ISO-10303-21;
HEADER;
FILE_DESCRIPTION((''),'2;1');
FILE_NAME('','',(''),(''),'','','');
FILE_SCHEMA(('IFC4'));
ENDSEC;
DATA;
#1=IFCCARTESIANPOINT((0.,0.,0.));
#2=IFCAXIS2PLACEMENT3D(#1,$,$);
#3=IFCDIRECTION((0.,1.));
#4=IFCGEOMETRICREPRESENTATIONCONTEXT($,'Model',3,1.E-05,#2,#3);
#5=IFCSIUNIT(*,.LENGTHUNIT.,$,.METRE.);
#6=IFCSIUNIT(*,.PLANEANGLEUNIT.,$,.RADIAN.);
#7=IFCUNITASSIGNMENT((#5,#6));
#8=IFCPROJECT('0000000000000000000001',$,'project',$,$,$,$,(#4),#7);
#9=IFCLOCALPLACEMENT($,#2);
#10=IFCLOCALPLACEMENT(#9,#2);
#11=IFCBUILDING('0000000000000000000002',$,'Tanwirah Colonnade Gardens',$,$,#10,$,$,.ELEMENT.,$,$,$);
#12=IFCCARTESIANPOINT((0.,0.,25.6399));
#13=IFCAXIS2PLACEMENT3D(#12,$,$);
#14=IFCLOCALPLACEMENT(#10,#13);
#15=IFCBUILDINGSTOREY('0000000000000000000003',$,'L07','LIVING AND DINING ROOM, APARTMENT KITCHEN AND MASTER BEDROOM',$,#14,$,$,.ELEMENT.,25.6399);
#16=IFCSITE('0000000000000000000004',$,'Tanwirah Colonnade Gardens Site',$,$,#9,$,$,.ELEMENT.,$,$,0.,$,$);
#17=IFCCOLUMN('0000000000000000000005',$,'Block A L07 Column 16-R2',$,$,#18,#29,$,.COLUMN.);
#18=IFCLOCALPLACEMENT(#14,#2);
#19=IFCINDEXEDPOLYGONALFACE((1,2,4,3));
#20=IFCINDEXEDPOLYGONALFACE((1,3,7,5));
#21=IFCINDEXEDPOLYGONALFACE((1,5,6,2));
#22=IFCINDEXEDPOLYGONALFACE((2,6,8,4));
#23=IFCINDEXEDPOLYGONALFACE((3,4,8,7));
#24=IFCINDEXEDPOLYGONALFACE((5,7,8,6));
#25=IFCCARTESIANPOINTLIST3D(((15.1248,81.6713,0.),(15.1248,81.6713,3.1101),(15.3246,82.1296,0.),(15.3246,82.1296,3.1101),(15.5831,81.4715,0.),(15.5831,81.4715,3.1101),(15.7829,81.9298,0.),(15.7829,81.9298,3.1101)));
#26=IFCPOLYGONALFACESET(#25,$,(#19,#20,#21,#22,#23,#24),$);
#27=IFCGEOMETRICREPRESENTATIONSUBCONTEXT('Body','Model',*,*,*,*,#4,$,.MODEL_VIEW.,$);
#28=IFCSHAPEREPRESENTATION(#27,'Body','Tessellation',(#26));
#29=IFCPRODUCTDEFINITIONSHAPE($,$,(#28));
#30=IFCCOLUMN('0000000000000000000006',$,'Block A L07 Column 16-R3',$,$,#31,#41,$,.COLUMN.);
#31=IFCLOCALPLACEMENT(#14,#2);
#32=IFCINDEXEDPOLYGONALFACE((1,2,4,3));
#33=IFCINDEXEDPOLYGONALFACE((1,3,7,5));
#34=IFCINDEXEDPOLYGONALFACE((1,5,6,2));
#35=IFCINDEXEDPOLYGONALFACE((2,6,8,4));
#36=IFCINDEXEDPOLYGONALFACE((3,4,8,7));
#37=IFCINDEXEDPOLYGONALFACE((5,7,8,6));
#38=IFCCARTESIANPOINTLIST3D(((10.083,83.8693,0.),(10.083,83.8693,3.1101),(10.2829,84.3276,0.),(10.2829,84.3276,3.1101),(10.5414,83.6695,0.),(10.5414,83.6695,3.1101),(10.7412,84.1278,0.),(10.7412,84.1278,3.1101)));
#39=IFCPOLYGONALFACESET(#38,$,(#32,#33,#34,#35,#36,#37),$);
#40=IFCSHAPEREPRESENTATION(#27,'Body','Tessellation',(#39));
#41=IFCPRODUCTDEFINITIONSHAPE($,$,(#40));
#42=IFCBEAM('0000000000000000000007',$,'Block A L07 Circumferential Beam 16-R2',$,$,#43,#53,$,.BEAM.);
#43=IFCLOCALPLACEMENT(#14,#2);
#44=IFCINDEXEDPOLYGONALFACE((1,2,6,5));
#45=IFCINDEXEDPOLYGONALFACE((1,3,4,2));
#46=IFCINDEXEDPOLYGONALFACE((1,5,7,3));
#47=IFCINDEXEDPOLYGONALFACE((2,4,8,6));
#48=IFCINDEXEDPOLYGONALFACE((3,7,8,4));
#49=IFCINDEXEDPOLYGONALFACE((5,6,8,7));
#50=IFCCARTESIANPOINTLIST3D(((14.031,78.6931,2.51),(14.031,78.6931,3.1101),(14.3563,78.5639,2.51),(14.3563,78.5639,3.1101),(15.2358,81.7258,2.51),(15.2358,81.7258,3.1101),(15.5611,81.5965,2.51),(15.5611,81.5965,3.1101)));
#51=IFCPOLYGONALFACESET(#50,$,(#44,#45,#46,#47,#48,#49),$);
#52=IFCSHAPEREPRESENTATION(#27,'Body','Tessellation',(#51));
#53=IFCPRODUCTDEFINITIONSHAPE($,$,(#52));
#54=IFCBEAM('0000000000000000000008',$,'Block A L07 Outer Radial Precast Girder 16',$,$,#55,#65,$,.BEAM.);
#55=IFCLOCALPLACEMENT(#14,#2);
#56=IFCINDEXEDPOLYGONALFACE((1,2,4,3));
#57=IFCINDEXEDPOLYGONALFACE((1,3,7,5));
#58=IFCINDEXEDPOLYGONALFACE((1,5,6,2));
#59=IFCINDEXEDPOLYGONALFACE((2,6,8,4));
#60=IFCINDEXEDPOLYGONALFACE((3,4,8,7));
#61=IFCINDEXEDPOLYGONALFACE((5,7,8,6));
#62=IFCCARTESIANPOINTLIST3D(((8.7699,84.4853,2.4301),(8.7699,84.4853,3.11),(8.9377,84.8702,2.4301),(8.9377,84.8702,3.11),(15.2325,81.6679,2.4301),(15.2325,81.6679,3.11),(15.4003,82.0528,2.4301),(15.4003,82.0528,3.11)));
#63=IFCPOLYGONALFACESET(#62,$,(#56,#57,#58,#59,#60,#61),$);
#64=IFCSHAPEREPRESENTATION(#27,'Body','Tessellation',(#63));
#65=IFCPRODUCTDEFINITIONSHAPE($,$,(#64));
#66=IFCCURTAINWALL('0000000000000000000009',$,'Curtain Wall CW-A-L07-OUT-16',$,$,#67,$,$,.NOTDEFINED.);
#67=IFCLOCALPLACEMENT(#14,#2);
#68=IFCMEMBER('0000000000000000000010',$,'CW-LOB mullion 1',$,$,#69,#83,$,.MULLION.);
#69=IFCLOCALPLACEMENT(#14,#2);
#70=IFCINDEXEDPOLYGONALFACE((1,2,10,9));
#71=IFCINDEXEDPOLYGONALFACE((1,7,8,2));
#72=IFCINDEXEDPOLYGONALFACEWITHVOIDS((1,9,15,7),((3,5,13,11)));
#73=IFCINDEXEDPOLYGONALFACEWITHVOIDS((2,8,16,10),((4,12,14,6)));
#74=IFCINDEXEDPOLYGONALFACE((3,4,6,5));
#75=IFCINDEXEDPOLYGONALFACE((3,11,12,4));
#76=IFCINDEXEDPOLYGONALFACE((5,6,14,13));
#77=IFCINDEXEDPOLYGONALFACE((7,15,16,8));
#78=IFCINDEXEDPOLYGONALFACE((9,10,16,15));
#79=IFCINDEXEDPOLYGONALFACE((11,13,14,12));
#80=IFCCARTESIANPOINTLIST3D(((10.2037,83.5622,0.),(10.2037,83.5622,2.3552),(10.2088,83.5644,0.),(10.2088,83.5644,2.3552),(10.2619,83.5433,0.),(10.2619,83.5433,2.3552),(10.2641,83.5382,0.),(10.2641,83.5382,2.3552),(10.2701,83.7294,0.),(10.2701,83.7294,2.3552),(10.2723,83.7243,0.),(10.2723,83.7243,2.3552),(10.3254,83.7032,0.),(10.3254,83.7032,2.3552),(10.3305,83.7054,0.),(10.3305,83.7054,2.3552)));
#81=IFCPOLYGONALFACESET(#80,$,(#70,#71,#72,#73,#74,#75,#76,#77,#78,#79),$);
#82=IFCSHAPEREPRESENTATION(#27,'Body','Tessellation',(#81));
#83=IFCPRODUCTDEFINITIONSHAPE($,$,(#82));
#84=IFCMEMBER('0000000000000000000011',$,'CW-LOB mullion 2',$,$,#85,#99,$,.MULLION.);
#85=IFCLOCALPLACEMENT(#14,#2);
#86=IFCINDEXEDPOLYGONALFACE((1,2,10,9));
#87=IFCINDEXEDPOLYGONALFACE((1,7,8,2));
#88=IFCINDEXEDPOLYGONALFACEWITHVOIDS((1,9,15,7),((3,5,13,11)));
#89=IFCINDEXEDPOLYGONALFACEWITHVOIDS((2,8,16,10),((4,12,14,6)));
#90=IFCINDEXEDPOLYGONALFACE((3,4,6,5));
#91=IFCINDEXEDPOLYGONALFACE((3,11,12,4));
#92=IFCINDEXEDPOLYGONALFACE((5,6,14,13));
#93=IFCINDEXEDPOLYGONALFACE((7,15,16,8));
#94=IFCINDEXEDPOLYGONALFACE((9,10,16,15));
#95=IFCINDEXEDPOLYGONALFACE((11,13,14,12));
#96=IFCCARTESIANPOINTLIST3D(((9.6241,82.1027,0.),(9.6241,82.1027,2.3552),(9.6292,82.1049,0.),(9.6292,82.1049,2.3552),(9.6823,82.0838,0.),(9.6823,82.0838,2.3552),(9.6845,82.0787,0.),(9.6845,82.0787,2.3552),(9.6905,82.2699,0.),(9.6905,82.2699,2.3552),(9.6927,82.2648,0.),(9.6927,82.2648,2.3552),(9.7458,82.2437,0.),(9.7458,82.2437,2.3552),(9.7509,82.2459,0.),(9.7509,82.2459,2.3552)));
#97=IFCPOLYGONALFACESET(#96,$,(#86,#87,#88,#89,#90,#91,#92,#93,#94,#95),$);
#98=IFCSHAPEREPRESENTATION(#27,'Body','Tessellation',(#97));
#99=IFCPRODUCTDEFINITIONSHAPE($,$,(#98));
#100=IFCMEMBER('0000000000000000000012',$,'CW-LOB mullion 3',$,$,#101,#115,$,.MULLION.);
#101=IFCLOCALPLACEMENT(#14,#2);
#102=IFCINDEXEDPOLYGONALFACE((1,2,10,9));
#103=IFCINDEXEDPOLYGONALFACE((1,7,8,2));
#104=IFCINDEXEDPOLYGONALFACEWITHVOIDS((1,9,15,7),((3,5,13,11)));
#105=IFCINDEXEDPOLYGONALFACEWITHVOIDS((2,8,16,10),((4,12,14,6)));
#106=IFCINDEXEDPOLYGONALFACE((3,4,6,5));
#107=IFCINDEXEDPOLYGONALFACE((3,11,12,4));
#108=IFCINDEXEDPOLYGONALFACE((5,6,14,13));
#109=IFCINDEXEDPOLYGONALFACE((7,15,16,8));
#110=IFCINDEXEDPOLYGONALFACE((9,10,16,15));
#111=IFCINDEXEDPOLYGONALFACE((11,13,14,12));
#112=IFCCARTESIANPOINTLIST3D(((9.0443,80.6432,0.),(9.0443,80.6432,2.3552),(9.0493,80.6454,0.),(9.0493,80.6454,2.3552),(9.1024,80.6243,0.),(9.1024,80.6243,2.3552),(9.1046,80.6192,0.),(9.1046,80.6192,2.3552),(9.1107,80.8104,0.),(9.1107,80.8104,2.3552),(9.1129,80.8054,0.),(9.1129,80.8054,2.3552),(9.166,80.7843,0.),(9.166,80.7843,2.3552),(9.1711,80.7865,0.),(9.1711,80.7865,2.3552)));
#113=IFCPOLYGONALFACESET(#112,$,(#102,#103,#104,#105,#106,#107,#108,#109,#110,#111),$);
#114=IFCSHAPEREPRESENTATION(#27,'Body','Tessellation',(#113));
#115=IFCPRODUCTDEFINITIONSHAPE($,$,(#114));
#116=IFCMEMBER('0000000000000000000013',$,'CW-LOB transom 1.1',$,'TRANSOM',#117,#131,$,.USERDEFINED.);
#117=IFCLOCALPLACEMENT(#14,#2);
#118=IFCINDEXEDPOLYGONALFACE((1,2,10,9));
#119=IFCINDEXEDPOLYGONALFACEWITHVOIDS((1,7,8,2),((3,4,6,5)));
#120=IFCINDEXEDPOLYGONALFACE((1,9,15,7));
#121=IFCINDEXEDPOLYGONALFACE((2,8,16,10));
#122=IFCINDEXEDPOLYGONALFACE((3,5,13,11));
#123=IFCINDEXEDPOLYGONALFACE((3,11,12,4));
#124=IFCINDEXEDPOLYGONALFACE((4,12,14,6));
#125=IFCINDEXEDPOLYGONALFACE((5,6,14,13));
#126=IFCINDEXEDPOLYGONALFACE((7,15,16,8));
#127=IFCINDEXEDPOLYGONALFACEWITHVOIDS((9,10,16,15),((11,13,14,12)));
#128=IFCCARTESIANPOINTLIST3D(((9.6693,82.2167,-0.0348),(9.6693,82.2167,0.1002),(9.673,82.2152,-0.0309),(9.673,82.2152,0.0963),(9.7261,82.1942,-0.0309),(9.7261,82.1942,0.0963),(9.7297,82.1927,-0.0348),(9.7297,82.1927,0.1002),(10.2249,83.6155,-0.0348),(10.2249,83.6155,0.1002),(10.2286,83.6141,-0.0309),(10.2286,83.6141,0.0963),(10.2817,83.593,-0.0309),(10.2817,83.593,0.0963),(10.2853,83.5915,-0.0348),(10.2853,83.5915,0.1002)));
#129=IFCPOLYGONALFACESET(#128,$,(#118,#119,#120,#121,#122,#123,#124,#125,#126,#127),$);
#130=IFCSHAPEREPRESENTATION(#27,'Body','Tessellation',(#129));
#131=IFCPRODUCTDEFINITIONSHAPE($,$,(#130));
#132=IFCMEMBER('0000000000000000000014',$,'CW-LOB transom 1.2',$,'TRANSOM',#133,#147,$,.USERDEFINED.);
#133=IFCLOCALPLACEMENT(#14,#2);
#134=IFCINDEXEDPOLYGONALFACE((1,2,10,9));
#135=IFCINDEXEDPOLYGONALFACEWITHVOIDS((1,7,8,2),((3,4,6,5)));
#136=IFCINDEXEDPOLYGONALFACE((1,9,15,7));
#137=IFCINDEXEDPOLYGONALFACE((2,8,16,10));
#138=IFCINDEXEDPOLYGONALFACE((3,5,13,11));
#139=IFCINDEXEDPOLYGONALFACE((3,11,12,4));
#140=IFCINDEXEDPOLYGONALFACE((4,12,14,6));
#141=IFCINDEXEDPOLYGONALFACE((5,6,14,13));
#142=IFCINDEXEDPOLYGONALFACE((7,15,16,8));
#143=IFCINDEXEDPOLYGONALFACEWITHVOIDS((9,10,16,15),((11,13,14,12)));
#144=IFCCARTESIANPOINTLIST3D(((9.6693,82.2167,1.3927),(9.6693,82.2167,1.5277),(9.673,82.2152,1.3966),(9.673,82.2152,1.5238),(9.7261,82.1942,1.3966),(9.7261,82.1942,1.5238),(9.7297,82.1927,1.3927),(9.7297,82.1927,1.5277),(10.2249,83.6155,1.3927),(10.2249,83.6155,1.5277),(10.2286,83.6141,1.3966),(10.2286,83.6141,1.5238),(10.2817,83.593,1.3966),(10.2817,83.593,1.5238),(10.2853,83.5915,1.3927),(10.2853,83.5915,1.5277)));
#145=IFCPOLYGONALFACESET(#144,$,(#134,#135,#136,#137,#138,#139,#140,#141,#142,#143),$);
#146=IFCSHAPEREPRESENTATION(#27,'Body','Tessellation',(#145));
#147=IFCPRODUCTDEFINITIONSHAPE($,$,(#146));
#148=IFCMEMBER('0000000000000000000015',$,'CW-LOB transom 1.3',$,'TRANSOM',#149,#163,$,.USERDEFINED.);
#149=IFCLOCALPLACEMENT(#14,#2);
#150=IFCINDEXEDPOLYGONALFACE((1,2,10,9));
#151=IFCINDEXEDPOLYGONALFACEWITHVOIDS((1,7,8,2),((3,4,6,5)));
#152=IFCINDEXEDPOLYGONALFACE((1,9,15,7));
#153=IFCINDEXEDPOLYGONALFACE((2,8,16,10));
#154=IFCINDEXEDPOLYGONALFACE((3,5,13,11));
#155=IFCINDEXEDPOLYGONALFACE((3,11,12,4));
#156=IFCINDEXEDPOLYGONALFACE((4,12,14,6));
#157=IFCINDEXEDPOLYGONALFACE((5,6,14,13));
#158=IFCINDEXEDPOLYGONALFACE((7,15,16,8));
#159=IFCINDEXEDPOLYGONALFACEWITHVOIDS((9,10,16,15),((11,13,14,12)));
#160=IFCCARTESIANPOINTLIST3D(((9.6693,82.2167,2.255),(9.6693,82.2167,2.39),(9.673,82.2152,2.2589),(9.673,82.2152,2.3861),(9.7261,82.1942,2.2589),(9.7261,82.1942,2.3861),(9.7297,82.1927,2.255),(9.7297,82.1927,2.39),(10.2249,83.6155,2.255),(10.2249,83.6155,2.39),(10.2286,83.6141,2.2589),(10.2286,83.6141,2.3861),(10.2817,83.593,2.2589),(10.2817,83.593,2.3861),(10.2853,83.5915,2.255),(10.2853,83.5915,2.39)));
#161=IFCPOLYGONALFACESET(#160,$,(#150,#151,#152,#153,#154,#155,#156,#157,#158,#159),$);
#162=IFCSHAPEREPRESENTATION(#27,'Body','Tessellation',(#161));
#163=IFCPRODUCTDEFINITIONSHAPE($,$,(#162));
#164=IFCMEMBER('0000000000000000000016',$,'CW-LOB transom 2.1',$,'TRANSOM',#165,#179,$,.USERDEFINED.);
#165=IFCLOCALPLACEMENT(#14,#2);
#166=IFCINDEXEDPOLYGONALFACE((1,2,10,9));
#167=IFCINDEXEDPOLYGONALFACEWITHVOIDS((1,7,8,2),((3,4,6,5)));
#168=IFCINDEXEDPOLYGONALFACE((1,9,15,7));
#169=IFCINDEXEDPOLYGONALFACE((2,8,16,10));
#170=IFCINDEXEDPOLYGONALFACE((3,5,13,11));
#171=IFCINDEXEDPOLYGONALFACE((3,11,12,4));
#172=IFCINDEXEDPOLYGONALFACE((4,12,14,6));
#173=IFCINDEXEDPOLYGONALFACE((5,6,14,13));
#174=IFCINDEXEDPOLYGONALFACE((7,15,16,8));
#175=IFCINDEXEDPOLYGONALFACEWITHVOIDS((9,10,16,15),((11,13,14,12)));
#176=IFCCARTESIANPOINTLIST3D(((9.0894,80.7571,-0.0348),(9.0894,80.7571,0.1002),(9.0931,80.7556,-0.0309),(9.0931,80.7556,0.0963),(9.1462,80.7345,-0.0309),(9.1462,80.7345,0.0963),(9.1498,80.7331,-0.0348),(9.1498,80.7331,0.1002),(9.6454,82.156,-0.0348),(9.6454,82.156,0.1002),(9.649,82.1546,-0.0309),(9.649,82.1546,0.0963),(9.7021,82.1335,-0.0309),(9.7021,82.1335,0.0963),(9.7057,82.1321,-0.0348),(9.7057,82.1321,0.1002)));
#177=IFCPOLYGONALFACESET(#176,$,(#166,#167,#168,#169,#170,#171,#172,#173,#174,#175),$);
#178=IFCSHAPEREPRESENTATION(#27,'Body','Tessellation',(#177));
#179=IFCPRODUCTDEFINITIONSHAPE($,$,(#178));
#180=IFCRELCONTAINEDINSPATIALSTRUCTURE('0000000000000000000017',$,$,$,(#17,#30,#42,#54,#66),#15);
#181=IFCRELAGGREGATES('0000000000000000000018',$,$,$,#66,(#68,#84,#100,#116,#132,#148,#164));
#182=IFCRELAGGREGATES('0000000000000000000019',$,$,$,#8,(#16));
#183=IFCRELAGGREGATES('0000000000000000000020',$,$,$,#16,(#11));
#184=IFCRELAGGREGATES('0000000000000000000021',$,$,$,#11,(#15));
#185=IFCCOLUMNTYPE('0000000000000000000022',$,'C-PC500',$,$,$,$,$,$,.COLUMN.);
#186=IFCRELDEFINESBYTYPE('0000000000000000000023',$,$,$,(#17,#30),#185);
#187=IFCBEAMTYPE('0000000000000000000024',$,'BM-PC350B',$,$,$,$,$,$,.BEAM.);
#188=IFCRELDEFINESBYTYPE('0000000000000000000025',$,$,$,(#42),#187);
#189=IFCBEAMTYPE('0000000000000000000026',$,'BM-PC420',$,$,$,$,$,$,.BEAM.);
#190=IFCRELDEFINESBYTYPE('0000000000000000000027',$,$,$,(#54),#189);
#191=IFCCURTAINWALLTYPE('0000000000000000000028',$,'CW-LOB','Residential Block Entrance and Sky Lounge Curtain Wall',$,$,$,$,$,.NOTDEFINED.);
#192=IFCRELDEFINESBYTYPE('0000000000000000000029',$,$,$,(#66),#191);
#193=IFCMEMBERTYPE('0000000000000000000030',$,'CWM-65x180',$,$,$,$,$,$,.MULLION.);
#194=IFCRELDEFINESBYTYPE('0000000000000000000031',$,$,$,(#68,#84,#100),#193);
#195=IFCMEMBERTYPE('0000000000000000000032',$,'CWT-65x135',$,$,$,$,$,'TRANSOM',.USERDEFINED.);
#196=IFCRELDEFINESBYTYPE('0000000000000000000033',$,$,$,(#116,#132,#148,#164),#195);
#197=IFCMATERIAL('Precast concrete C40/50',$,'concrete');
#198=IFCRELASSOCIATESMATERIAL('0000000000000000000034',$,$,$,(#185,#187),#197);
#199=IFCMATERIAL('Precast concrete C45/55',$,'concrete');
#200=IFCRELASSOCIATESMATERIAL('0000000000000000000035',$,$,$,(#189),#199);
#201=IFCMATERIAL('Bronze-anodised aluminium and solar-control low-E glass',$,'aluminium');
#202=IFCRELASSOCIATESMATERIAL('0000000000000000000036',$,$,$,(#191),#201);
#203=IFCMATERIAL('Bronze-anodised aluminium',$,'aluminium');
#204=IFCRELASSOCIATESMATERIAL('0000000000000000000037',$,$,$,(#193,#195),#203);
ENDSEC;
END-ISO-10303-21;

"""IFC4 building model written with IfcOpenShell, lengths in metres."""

from ifc_helpers import new_model, si_unit, direction, frame, origin, origin_2d, place, context, subcontext, project, spatial, rectangle, hollow_rectangle, extrude, material, material_profile, profile_set, type_object, element, aggregate, save


model = new_model("IFC4")

# Units and contexts
model_context = context("Model", 3, precision=1e-05, world=origin(), true_north=direction((0.0, 1.0)))
body_context = subcontext(model_context, "Body", "Model", "MODEL_VIEW")
ifc_project = project(units=[si_unit("LENGTHUNIT", "METRE"), si_unit("PLANEANGLEUNIT", "RADIAN")], contexts=[model_context])

# Site, building, storey
site_placement = place(None, origin())
site = spatial("IfcSite", under=ifc_project, at=site_placement, Name="Tanwirah Colonnade Gardens Site", CompositionType="ELEMENT", RefElevation=0.0)
building_placement = place(site_placement, origin())
building = spatial("IfcBuilding", under=site, at=building_placement, Name="Tanwirah Colonnade Gardens", CompositionType="ELEMENT")
storey_placement = place(building_placement, frame((0.0, 0.0, 25.6399)))
storey = spatial("IfcBuildingStorey", under=building, at=storey_placement, Name="L07", Description="LIVING AND DINING ROOM, APARTMENT KITCHEN AND MASTER BEDROOM", CompositionType="ELEMENT", Elevation=25.6399)

# Columns
ifc_material_1 = material(Name="Precast concrete C40/50", Category="concrete")
ifc_material_profile_1 = material_profile(ifc_material_1, rectangle(XDim=0.5, YDim=0.5, at=origin_2d()), Name="PC-COL 500x500")
ifc_profile_set_1 = profile_set([ifc_material_profile_1], Name="Precast concrete C40/50")
column_type = type_object("IfcColumnType", Name="C-PC500", PredefinedType="COLUMN", material=ifc_profile_set_1)
for number, where, z_axis, x_axis, name in (
    (1, (15.4539, 81.8005, 0.0), (0.0, 0.0, 1.0), (-0.916673, 0.399638, 0.0), "Block A L07 Column 16-R2"),
    (2, (10.4121, 83.9985, 0.0), (0.0, 0.0, 1.0), (-0.916673, 0.399638, 0.0), "Block A L07 Column 16-R3"),
):
    element("IfcColumn", number, at=place(storey_placement, frame(where, z_axis=z_axis, x_axis=x_axis)), inside=storey, type_object=column_type, Name=name, PredefinedType="COLUMN", context=body_context, shape_type="SweptSolid", body=[
        extrude(rectangle(XDim=0.5, YDim=0.5, at=origin_2d()), origin(), (0.0, 0.0, 1.0), 3.1101),
    ])

# Beams
ifc_material_profile_2 = material_profile(ifc_material_1, rectangle(XDim=0.3501, YDim=0.6001, at=origin_2d()), Name="PC-BM 350x600")
ifc_profile_set_2 = profile_set([ifc_material_profile_2], Name="Precast concrete C40/50")
beam_type_1 = type_object("IfcBeamType", Name="BM-PC350B", PredefinedType="BEAM", material=ifc_profile_set_2)
beam_1_placement = place(storey_placement, frame((15.3984, 81.6611, 2.8101), z_axis=(-0.36921, -0.929346, 0.0), x_axis=(0.929346, -0.36921, 0.0)))
element("IfcBeam", 3, at=beam_1_placement, inside=storey, type_object=beam_type_1, Name="Block A L07 Circumferential Beam 16-R2", PredefinedType="BEAM", context=body_context, shape_type="SweptSolid", body=[
    extrude(rectangle(XDim=0.3501, YDim=0.6001, at=origin_2d()), origin(), (0.0, 0.0, 1.0), 3.2632),
])
ifc_material_2 = material(Name="Precast concrete C45/55", Category="concrete")
ifc_material_profile_3 = material_profile(ifc_material_2, rectangle(XDim=0.4199, YDim=0.6799, at=origin_2d()), Name="PC-BM 420x680")
ifc_profile_set_3 = profile_set([ifc_material_profile_3], Name="Precast concrete C45/55")
beam_type_2 = type_object("IfcBeamType", Name="BM-PC420", PredefinedType="BEAM", material=ifc_profile_set_3)
beam_2_placement = place(storey_placement, frame((15.3164, 81.8604, 2.77), z_axis=(-0.916679, 0.399625, 0.0), x_axis=(-0.399625, -0.916679, 0.0)))
element("IfcBeam", 4, at=beam_2_placement, inside=storey, type_object=beam_type_2, Name="Block A L07 Outer Radial Precast Girder 16", PredefinedType="BEAM", context=body_context, shape_type="SweptSolid", body=[
    extrude(rectangle(XDim=0.4199, YDim=0.6799, at=origin_2d()), origin(), (0.0, 0.0, 1.0), 7.05),
])

# Curtain wall, members
ifc_material_3 = material(Name="Bronze-anodised aluminium and solar-control low-E glass", Category="aluminium")
curtain_wall_type = type_object("IfcCurtainWallType", Name="CW-LOB", Description="Residential Block Entrance and Sky Lounge Curtain Wall", PredefinedType="NOTDEFINED", material=ifc_material_3)
curtain_wall_placement = place(storey_placement, origin())
curtain_wall = element("IfcCurtainWall", 5, at=curtain_wall_placement, inside=storey, type_object=curtain_wall_type, Name="Curtain Wall CW-A-L07-OUT-16", PredefinedType="NOTDEFINED")
ifc_material_4 = material(Name="Bronze-anodised aluminium", Category="aluminium")
ifc_material_profile_4 = material_profile(ifc_material_4, hollow_rectangle(XDim=0.0649, YDim=0.1799, WallThickness=0.0039, at=origin_2d()), Name="CW-MUL 65x180x4")
ifc_profile_set_4 = profile_set([ifc_material_profile_4], Name="Bronze-anodised aluminium")
member_type_1 = type_object("IfcMemberType", Name="CWM-65x180", PredefinedType="MULLION", material=ifc_profile_set_4)
member_1_placement = place(storey_placement, frame((10.2671, 83.6338, 0.0), z_axis=(0.0, 0.0, 1.0), x_axis=(0.929347, -0.369208, 0.0)))
member_1 = element("IfcMember", 6, at=member_1_placement, type_object=member_type_1, Name="CW-LOB mullion 1", PredefinedType="MULLION", context=body_context, shape_type="SweptSolid", body=[
    extrude(hollow_rectangle(XDim=0.0649, YDim=0.1799, WallThickness=0.0039, at=origin_2d()), origin(), (0.0, 0.0, 1.0), 2.3552),
])
member_2_placement = place(storey_placement, frame((9.6875, 82.1743, 0.0), z_axis=(0.0, 0.0, 1.0), x_axis=(0.929347, -0.369208, 0.0)))
member_2 = element("IfcMember", 7, at=member_2_placement, type_object=member_type_1, Name="CW-LOB mullion 2", PredefinedType="MULLION", context=body_context, shape_type="SweptSolid", body=[
    extrude(hollow_rectangle(XDim=0.0649, YDim=0.1799, WallThickness=0.0039, at=origin_2d()), origin(), (0.0, 0.0, 1.0), 2.3552),
])
member_3_placement = place(storey_placement, frame((9.1077, 80.7148, 0.0), z_axis=(0.0, 0.0, 1.0), x_axis=(0.929347, -0.369208, 0.0)))
member_3 = element("IfcMember", 8, at=member_3_placement, type_object=member_type_1, Name="CW-LOB mullion 3", PredefinedType="MULLION", context=body_context, shape_type="SweptSolid", body=[
    extrude(hollow_rectangle(XDim=0.0649, YDim=0.1799, WallThickness=0.0039, at=origin_2d()), origin(), (0.0, 0.0, 1.0), 2.3552),
])
ifc_material_profile_5 = material_profile(ifc_material_4, hollow_rectangle(XDim=0.0649, YDim=0.135, WallThickness=0.0039, at=origin_2d()), Name="CW-TRN 65x135x4")
ifc_profile_set_5 = profile_set([ifc_material_profile_5], Name="Bronze-anodised aluminium")
member_type_2 = type_object("IfcMemberType", Name="CWT-65x135", ElementType="TRANSOM", PredefinedType="USERDEFINED", material=ifc_profile_set_5)
member_4_placement = place(storey_placement, frame((10.2551, 83.6035, 0.0327), z_axis=(-0.369152, -0.929369, 0.0), x_axis=(0.929369, -0.369152, 0.0)))
member_4 = element("IfcMember", 9, at=member_4_placement, type_object=member_type_2, Name="CW-LOB transom 1.1", ObjectType="TRANSOM", PredefinedType="USERDEFINED", context=body_context, shape_type="SweptSolid", body=[
    extrude(hollow_rectangle(XDim=0.0649, YDim=0.135, WallThickness=0.0039, at=origin_2d()), origin(), (0.0, 0.0, 1.0), 1.5051),
])
member_5_placement = place(storey_placement, frame((10.2551, 83.6035, 1.4602), z_axis=(-0.369152, -0.929369, 0.0), x_axis=(0.929369, -0.369152, 0.0)))
member_5 = element("IfcMember", 10, at=member_5_placement, type_object=member_type_2, Name="CW-LOB transom 1.2", ObjectType="TRANSOM", PredefinedType="USERDEFINED", context=body_context, shape_type="SweptSolid", body=[
    extrude(hollow_rectangle(XDim=0.0649, YDim=0.135, WallThickness=0.0039, at=origin_2d()), origin(), (0.0, 0.0, 1.0), 1.5051),
])
member_6_placement = place(storey_placement, frame((10.2551, 83.6035, 2.3225), z_axis=(-0.369152, -0.929369, 0.0), x_axis=(0.929369, -0.369152, 0.0)))
member_6 = element("IfcMember", 11, at=member_6_placement, type_object=member_type_2, Name="CW-LOB transom 1.3", ObjectType="TRANSOM", PredefinedType="USERDEFINED", context=body_context, shape_type="SweptSolid", body=[
    extrude(hollow_rectangle(XDim=0.0649, YDim=0.135, WallThickness=0.0039, at=origin_2d()), origin(), (0.0, 0.0, 1.0), 1.5051),
])
member_7_placement = place(storey_placement, frame((9.6755, 82.144, 0.0327), z_axis=(-0.369293, -0.929313, 0.0), x_axis=(0.929313, -0.369293, 0.0)))
member_7 = element("IfcMember", 12, at=member_7_placement, type_object=member_type_2, Name="CW-LOB transom 2.1", ObjectType="TRANSOM", PredefinedType="USERDEFINED", context=body_context, shape_type="SweptSolid", body=[
    extrude(hollow_rectangle(XDim=0.0649, YDim=0.135, WallThickness=0.0039, at=origin_2d()), origin(), (0.0, 0.0, 1.0), 1.5054),
])

aggregate(curtain_wall, [member_1, member_2, member_3, member_4, member_5, member_6, member_7])

save(model, "model.ifc")
